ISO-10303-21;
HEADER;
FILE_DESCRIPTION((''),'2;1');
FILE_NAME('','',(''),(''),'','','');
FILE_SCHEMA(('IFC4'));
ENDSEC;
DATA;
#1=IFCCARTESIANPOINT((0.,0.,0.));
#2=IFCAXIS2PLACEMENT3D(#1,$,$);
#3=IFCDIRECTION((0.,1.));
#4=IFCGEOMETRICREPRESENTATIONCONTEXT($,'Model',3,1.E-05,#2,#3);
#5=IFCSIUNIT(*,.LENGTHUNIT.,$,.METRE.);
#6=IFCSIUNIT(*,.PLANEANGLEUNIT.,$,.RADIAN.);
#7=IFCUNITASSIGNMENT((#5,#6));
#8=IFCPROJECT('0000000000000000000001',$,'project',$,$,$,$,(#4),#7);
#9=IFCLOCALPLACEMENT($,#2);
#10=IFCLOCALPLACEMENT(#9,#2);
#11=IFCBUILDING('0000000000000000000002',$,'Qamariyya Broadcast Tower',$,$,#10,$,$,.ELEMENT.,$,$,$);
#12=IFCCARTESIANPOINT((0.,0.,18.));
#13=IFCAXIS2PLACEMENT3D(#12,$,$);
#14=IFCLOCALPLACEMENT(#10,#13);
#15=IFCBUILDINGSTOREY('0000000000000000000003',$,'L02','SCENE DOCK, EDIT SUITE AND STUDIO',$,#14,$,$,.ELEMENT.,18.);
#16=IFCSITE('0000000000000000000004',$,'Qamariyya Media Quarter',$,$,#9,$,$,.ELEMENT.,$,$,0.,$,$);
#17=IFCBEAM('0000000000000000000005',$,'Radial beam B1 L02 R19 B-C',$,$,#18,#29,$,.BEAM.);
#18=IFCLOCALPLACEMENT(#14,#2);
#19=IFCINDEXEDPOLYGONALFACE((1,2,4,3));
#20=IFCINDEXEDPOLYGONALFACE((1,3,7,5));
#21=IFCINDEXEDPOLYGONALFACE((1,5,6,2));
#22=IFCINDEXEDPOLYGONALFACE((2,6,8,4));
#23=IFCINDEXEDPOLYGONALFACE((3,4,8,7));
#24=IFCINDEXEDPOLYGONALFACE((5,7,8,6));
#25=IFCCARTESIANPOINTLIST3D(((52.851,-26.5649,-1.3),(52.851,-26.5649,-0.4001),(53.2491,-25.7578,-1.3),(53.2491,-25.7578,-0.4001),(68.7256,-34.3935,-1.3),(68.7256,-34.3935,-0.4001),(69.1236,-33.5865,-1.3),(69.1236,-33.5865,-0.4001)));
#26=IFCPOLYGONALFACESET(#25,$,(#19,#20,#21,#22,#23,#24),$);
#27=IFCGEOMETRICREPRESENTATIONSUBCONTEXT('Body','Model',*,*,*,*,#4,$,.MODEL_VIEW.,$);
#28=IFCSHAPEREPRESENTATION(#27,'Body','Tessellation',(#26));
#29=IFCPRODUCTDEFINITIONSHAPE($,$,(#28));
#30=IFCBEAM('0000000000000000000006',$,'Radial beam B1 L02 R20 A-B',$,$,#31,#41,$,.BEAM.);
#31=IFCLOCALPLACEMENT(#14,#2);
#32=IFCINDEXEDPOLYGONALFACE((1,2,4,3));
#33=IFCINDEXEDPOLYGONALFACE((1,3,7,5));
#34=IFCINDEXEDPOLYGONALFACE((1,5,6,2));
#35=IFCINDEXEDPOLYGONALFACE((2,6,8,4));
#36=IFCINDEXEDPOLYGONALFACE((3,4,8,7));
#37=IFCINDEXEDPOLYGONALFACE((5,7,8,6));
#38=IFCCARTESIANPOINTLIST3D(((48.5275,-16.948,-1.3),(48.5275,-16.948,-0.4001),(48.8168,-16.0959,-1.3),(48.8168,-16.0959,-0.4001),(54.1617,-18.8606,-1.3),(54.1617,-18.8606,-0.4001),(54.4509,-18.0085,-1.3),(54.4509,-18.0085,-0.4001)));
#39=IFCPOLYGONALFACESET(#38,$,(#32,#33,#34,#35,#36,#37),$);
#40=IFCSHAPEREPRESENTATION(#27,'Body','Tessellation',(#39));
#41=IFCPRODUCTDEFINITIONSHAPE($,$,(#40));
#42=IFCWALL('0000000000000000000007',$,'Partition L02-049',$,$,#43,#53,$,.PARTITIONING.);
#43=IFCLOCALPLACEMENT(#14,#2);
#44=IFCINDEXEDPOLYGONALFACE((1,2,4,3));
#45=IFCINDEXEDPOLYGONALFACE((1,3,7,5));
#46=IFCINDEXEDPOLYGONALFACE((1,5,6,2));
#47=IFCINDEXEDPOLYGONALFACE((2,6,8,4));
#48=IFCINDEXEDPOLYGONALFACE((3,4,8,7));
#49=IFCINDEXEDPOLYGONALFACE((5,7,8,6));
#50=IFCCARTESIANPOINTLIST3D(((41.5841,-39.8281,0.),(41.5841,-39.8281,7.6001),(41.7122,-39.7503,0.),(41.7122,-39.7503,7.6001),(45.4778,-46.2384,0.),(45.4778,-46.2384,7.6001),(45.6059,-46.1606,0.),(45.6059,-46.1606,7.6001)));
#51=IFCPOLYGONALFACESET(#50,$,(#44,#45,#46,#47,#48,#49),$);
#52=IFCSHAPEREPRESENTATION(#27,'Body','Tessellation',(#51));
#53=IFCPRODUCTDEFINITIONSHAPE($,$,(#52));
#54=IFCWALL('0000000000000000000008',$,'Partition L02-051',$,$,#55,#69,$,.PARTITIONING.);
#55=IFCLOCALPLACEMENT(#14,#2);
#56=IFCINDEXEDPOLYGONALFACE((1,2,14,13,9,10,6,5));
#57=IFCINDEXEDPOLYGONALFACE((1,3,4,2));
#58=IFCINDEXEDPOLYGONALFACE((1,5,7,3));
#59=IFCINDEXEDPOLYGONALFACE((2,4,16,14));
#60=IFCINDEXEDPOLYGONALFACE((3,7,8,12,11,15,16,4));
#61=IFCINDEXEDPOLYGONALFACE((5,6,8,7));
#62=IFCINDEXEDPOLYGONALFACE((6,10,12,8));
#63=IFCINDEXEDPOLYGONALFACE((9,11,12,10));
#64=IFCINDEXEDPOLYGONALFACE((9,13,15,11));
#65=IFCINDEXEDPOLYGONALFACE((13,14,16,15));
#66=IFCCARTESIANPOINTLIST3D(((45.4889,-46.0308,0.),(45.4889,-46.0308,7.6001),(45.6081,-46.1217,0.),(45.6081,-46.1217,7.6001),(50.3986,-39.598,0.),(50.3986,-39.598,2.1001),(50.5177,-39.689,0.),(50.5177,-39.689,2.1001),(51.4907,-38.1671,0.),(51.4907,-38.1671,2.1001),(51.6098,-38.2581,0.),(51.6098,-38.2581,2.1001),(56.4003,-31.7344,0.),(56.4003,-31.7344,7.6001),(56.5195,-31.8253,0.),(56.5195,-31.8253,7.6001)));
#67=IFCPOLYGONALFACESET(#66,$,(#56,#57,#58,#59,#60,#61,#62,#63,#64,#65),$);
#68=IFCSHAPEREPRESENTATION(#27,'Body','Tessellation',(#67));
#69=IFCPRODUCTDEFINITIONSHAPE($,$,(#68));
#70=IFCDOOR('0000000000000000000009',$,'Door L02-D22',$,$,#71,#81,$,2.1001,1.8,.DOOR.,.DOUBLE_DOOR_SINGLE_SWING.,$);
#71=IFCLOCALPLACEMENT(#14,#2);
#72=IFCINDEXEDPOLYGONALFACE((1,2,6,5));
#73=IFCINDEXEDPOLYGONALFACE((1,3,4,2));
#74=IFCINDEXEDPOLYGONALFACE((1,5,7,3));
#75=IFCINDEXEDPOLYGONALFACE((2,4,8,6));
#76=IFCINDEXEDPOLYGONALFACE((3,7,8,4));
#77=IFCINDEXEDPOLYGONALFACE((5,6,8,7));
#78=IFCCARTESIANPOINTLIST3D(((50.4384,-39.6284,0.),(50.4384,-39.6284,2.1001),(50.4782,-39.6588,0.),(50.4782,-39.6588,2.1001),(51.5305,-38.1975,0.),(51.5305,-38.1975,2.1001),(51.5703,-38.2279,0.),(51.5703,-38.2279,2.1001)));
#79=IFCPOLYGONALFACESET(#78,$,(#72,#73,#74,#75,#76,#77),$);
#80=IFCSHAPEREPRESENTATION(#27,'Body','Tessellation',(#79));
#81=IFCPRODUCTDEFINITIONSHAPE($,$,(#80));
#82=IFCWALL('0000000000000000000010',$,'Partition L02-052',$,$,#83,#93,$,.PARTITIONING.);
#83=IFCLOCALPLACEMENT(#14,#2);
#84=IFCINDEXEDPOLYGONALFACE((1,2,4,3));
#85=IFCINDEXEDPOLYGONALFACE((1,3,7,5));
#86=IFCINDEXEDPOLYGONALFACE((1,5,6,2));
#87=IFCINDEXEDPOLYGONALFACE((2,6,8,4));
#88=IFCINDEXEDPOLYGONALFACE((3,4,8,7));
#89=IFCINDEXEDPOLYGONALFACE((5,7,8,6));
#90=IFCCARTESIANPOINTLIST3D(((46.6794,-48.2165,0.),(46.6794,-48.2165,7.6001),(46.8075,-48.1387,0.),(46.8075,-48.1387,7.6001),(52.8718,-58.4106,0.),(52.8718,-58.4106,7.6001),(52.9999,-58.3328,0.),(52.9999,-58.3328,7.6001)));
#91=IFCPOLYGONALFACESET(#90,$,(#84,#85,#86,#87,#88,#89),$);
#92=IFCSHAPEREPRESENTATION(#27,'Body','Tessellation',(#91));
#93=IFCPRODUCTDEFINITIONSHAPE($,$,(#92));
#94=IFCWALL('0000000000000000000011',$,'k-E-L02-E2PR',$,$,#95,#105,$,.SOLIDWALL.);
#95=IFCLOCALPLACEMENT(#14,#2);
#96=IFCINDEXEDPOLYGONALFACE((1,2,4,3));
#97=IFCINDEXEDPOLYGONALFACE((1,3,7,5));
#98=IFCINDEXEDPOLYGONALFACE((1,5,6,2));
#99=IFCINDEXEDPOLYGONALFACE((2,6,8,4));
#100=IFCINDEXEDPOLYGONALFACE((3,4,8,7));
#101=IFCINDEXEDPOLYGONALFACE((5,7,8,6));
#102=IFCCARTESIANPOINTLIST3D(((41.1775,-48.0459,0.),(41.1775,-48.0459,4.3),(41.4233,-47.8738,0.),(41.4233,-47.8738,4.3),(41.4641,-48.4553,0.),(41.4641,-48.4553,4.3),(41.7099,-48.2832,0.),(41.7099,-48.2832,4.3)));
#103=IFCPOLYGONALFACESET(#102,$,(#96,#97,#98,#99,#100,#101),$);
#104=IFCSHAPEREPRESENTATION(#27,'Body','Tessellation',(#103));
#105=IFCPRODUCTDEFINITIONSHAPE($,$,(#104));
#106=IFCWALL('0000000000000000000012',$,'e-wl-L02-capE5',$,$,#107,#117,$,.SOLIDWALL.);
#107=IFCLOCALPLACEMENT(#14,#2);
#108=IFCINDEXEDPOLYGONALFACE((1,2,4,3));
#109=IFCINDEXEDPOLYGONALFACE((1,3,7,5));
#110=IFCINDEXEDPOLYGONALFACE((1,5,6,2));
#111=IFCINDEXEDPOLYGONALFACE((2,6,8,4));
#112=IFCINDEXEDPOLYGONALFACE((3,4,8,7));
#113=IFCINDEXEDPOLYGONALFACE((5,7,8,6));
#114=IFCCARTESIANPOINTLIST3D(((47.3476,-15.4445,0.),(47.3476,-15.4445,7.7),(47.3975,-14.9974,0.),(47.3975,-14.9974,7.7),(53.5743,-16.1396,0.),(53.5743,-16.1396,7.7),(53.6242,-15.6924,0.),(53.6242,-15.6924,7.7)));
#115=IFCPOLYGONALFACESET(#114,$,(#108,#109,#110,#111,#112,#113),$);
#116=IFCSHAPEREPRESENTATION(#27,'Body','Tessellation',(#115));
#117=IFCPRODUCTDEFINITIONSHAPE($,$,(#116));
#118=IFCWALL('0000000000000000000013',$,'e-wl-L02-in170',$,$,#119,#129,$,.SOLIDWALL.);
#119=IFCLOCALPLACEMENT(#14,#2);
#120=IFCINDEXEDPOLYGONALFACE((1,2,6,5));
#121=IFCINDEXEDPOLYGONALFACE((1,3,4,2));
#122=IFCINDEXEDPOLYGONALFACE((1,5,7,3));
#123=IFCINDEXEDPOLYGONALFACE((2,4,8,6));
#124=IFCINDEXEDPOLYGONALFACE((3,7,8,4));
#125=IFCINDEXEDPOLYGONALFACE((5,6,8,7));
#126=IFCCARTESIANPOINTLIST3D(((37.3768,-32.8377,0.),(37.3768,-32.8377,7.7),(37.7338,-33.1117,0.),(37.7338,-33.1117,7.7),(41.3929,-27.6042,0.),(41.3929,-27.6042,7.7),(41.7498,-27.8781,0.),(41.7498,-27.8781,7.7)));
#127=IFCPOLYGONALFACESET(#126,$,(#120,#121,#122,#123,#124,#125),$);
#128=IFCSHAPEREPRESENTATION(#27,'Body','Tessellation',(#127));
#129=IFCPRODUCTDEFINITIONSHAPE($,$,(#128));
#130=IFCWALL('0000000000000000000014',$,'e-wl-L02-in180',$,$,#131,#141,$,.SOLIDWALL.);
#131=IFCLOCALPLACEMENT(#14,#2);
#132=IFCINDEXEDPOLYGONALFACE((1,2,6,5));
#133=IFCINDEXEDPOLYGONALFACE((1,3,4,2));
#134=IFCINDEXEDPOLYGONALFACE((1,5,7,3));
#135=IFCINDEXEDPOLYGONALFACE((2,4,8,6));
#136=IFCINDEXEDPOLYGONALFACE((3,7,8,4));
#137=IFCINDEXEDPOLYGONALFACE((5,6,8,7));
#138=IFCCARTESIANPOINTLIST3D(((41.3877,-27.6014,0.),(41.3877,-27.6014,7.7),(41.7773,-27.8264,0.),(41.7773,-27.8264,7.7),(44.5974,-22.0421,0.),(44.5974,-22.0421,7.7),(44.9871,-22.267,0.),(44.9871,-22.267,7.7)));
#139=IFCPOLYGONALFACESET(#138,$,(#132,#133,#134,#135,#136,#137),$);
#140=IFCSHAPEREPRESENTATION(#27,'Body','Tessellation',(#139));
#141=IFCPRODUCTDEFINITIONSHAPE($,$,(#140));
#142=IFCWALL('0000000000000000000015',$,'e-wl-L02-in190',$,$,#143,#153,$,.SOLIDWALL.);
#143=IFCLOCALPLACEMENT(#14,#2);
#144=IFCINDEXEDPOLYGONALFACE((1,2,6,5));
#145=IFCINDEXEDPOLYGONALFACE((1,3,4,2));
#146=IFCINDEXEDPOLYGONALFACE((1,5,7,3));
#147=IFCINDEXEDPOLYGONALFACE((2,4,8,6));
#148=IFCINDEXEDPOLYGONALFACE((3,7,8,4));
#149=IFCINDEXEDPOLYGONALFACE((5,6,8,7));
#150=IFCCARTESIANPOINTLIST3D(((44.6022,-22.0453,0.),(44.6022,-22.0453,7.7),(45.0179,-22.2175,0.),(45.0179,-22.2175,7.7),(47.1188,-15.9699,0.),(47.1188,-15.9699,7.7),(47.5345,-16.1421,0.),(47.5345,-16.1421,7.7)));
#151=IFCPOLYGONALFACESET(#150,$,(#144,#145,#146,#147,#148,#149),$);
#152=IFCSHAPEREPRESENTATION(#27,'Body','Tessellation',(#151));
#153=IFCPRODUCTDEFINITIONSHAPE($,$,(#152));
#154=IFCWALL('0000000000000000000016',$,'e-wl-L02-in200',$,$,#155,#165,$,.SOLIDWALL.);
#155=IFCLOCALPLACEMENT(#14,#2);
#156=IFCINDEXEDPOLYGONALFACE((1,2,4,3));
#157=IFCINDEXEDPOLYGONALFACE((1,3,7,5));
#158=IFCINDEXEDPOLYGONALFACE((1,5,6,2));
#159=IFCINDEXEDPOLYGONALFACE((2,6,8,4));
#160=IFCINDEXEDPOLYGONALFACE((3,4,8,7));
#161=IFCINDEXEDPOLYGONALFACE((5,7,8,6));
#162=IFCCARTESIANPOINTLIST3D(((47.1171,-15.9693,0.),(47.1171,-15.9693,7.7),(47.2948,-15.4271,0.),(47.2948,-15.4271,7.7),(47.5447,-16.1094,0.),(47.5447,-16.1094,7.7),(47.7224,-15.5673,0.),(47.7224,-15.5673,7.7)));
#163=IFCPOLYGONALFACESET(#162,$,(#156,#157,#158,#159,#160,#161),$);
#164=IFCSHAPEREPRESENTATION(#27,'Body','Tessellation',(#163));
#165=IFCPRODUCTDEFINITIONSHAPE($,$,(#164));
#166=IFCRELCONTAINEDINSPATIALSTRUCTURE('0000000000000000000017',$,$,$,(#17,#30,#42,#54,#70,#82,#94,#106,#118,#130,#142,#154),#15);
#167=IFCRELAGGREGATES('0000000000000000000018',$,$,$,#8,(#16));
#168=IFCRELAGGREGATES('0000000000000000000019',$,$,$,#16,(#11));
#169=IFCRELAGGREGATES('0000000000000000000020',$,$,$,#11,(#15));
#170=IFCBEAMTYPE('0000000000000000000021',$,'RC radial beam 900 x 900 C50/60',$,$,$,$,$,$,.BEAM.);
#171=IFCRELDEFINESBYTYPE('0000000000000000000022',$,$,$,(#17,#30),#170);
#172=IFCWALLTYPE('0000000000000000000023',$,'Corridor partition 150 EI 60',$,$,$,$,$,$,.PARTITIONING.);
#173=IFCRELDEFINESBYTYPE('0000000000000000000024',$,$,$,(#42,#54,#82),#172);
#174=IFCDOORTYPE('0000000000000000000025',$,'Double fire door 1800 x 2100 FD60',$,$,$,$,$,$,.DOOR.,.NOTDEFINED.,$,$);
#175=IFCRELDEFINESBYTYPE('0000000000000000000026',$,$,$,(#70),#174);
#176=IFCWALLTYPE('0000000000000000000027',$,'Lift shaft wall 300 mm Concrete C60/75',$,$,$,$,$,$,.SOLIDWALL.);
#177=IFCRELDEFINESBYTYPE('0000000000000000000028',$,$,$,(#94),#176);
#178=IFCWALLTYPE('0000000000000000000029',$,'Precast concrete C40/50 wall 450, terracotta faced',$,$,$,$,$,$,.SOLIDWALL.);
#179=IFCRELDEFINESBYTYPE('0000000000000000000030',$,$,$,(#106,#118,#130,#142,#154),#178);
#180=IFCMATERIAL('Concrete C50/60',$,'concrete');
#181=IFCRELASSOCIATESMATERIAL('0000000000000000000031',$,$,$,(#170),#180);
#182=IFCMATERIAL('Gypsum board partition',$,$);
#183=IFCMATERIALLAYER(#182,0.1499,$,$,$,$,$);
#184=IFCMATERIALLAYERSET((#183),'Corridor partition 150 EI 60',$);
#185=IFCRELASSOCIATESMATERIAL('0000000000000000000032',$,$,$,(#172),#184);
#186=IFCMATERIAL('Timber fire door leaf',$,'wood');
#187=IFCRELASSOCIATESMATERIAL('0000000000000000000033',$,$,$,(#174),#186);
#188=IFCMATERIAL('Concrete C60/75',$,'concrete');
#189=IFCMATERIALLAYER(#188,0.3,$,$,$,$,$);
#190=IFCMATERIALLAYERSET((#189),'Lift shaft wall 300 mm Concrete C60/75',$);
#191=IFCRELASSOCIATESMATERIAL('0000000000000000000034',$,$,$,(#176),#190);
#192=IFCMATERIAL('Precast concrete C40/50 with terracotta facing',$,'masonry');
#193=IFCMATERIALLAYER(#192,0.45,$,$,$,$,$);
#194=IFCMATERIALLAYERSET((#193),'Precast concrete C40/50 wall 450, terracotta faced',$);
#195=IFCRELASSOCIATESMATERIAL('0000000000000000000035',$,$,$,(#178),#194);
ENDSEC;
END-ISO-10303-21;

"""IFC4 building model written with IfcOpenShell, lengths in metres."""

from ifc_helpers import new_model, si_unit, direction, frame, frame_2d, origin, origin_2d, place, context, subcontext, project, spatial, rectangle, extrude, material, layer, layer_set, material_profile, profile_set, type_object, element, fill, save


model = new_model("IFC4")

# Units and contexts
model_context = context("Model", 3, precision=1e-05, world=origin(), true_north=direction((0.0, 1.0)))
body_context = subcontext(model_context, "Body", "Model", "MODEL_VIEW")
ifc_project = project(units=[si_unit("LENGTHUNIT", "METRE"), si_unit("PLANEANGLEUNIT", "RADIAN")], contexts=[model_context])

# Site, building, storey
site_placement = place(None, origin())
site = spatial("IfcSite", under=ifc_project, at=site_placement, Name="Qamariyya Media Quarter", CompositionType="ELEMENT", RefElevation=0.0)
building_placement = place(site_placement, origin())
building = spatial("IfcBuilding", under=site, at=building_placement, Name="Qamariyya Broadcast Tower", CompositionType="ELEMENT")
storey_placement = place(building_placement, frame((0.0, 0.0, 18.0)))
storey = spatial("IfcBuildingStorey", under=building, at=storey_placement, Name="L02", Description="SCENE DOCK, EDIT SUITE AND STUDIO", CompositionType="ELEMENT", Elevation=18.0)

# Beams
ifc_material_1 = material(Name="Concrete C50/60", Category="concrete")
ifc_material_profile_1 = material_profile(ifc_material_1, rectangle(XDim=0.8999, YDim=0.8999, at=origin_2d()))
ifc_profile_set_1 = profile_set([ifc_material_profile_1], Name="Concrete C50/60")
beam_type_1 = type_object("IfcBeamType", Name="RC radial beam 900 x 900 C50/60", PredefinedType="BEAM", material=ifc_profile_set_1)
beam_1_placement = place(storey_placement, frame((53.05, -26.1614, -0.8501), z_axis=(0.896869, -0.442296, 0.0), x_axis=(0.442296, 0.896869, 0.0)))
element("IfcBeam", 1, at=beam_1_placement, inside=storey, type_object=beam_type_1, Name="Radial beam B1 L02 R19 B-C", PredefinedType="BEAM", context=body_context, shape_type="SweptSolid", body=[
    extrude(rectangle(XDim=0.8999, YDim=0.8999, at=origin_2d()), origin(), (0.0, 0.0, 1.0), 17.7),
])
beam_2_placement = place(storey_placement, frame((48.6721, -16.522, -0.8501), z_axis=(0.946929, -0.321442, 0.0), x_axis=(0.321442, 0.946929, 0.0)))
element("IfcBeam", 2, at=beam_2_placement, inside=storey, type_object=beam_type_1, Name="Radial beam B1 L02 R20 A-B", PredefinedType="BEAM", context=body_context, shape_type="SweptSolid", body=[
    extrude(rectangle(XDim=0.8999, YDim=0.8999, at=origin_2d()), origin(), (0.0, 0.0, 1.0), 5.95),
])

# Wall
ifc_material_2 = material(Name="Gypsum board partition")
ifc_layer_1 = layer(ifc_material_2, 0.1499)
ifc_layer_set_1 = layer_set([ifc_layer_1], Name="Corridor partition 150 EI 60")
wall_type_1 = type_object("IfcWallType", Name="Corridor partition 150 EI 60", PredefinedType="PARTITIONING", material=ifc_layer_set_1)
wall_1_placement = place(storey_placement, frame((41.6482, -39.7893, 0.0), z_axis=(0.0, 0.0, 1.0), x_axis=(0.519151, -0.854683, 0.0)))
element("IfcWall", 3, at=wall_1_placement, inside=storey, type_object=wall_type_1, Name="Partition L02-049", PredefinedType="PARTITIONING", context=body_context, shape_type="SweptSolid", body=[
    extrude(rectangle(XDim=7.5002, YDim=0.1499, at=frame_2d((3.75, 0.0))), origin(), (0.0, 0.0, 1.0), 7.6001),
])

# Wall, opening, door
wall_2_placement = place(storey_placement, frame((45.5486, -46.0762, 0.0), z_axis=(0.0, 0.0, 1.0), x_axis=(0.606708, 0.794925, 0.0)))
wall_2 = element("IfcWall", 4, at=wall_2_placement, inside=storey, type_object=wall_type_1, Name="Partition L02-051", PredefinedType="PARTITIONING", context=body_context, shape_type="SweptSolid", body=[
    extrude(rectangle(XDim=17.9846, YDim=0.1499, at=frame_2d((8.9922, 0.0))), origin(), (0.0, 0.0, 1.0), 7.6001),
])
opening_placement = place(wall_2_placement, frame((8.0923, 0.0, 0.0)))
opening = element("IfcOpeningElement", 5, at=opening_placement, cuts=wall_2, PredefinedType="OPENING", context=body_context, shape_type="SweptSolid", body=[
    extrude(rectangle(XDim=1.8, YDim=2.1001, at=frame_2d((0.8999, 1.05))), frame((0.0, 0.085, 0.0), z_axis=(0.0, -1.0, 0.0), x_axis=(1.0, 0.0, 0.0)), (0.0, 0.0, 1.0), 0.1699),
])
ifc_material_3 = material(Name="Timber fire door leaf", Category="wood")
door_type = type_object("IfcDoorType", Name="Double fire door 1800 x 2100 FD60", OperationType="NOTDEFINED", PredefinedType="DOOR", material=ifc_material_3)
door_placement = place(opening_placement, origin())
door = element("IfcDoor", 6, at=door_placement, inside=storey, type_object=door_type, Name="Door L02-D22", OperationType="DOUBLE_DOOR_SINGLE_SWING", OverallHeight=2.1001, OverallWidth=1.8, PredefinedType="DOOR", context=body_context, shape_type="SweptSolid", body=[
    extrude(rectangle(XDim=1.8, YDim=2.1001, at=frame_2d((0.8999, 1.05))), frame((0.0, 0.0249, 0.0), z_axis=(0.0, -1.0, 0.0), x_axis=(1.0, 0.0, 0.0)), (0.0, 0.0, 1.0), 0.05),
])
fill(opening, door)

# Walls
wall_3_placement = place(storey_placement, frame((46.7434, -48.1775, 0.0), z_axis=(0.0, 0.0, 1.0), x_axis=(0.519169, -0.854672, 0.0)))
element("IfcWall", 7, at=wall_3_placement, inside=storey, type_object=wall_type_1, Name="Partition L02-052", PredefinedType="PARTITIONING", context=body_context, shape_type="SweptSolid", body=[
    extrude(rectangle(XDim=11.9275, YDim=0.1499, at=frame_2d((5.9639, 0.0))), origin(), (0.0, 0.0, 1.0), 7.6001),
])
ifc_material_4 = material(Name="Concrete C60/75", Category="concrete")
ifc_layer_2 = layer(ifc_material_4, 0.3)
ifc_layer_set_2 = layer_set([ifc_layer_2], Name="Lift shaft wall 300 mm Concrete C60/75")
wall_type_2 = type_object("IfcWallType", Name="Lift shaft wall 300 mm Concrete C60/75", PredefinedType="SOLIDWALL", material=ifc_layer_set_2)
wall_4_placement = place(storey_placement, frame((41.3003, -47.9597, 0.0), z_axis=(0.0, 0.0, 1.0), x_axis=(0.573495, -0.819209, 0.0)))
element("IfcWall", 8, at=wall_4_placement, inside=storey, type_object=wall_type_2, Name="k-E-L02-E2PR", PredefinedType="SOLIDWALL", context=body_context, shape_type="SweptSolid", body=[
    extrude(rectangle(XDim=0.4998, YDim=0.3, at=frame_2d((0.25, 0.0))), origin(), (0.0, 0.0, 1.0), 4.3),
])
ifc_material_5 = material(Name="Precast concrete C40/50 with terracotta facing", Category="masonry")
ifc_layer_3 = layer(ifc_material_5, 0.45)
ifc_layer_set_3 = layer_set([ifc_layer_3], Name="Precast concrete C40/50 wall 450, terracotta faced")
wall_type_3 = type_object("IfcWallType", Name="Precast concrete C40/50 wall 450, terracotta faced", PredefinedType="SOLIDWALL", material=ifc_layer_set_3)
wall_5_placement = place(storey_placement, frame((53.5994, -15.916, 0.0), z_axis=(0.0, 0.0, 1.0), x_axis=(-0.993828, 0.110936, 0.0)))
element("IfcWall", 9, at=wall_5_placement, inside=storey, type_object=wall_type_3, Name="e-wl-L02-capE5", PredefinedType="SOLIDWALL", context=body_context, shape_type="SweptSolid", body=[
    extrude(rectangle(XDim=6.2654, YDim=0.45, at=frame_2d((3.1328, 0.0))), origin(), (0.0, 0.0, 1.0), 7.7),
])
wall_6_placement = place(storey_placement, frame((41.5713, -27.7412, 0.0), z_axis=(0.0, 0.0, 1.0), x_axis=(-0.60878, -0.793339, 0.0)))
element("IfcWall", 10, at=wall_6_placement, inside=storey, type_object=wall_type_3, Name="e-wl-L02-in170", PredefinedType="SOLIDWALL", context=body_context, shape_type="SweptSolid", body=[
    extrude(rectangle(XDim=6.5969, YDim=0.45, at=frame_2d((3.2983, 0.0))), origin(), (0.0, 0.0, 1.0), 7.7),
])
wall_7_placement = place(storey_placement, frame((44.7922, -22.1545, 0.0), z_axis=(0.0, 0.0, 1.0), x_axis=(-0.500004, -0.866023, 0.0)))
element("IfcWall", 11, at=wall_7_placement, inside=storey, type_object=wall_type_3, Name="e-wl-L02-in180", PredefinedType="SOLIDWALL", context=body_context, shape_type="SweptSolid", body=[
    extrude(rectangle(XDim=6.4194, YDim=0.45, at=frame_2d((3.2097, 0.0))), origin(), (0.0, 0.0, 1.0), 7.7),
])
wall_8_placement = place(storey_placement, frame((47.3267, -16.0559, 0.0), z_axis=(0.0, 0.0, 1.0), x_axis=(-0.382693, -0.923876, 0.0)))
element("IfcWall", 12, at=wall_8_placement, inside=storey, type_object=wall_type_3, Name="e-wl-L02-in190", PredefinedType="SOLIDWALL", context=body_context, shape_type="SweptSolid", body=[
    extrude(rectangle(XDim=6.5759, YDim=0.45, at=frame_2d((3.2881, 0.0))), origin(), (0.0, 0.0, 1.0), 7.7),
])
wall_9_placement = place(storey_placement, frame((47.5085, -15.4973, 0.0), z_axis=(0.0, 0.0, 1.0), x_axis=(-0.311475, -0.950254, 0.0)))
element("IfcWall", 13, at=wall_9_placement, inside=storey, type_object=wall_type_3, Name="e-wl-L02-in200", PredefinedType="SOLIDWALL", context=body_context, shape_type="SweptSolid", body=[
    extrude(rectangle(XDim=0.5706, YDim=0.45, at=frame_2d((0.2852, 0.0))), origin(), (0.0, 0.0, 1.0), 7.7),
])

save(model, "model.ifc")
